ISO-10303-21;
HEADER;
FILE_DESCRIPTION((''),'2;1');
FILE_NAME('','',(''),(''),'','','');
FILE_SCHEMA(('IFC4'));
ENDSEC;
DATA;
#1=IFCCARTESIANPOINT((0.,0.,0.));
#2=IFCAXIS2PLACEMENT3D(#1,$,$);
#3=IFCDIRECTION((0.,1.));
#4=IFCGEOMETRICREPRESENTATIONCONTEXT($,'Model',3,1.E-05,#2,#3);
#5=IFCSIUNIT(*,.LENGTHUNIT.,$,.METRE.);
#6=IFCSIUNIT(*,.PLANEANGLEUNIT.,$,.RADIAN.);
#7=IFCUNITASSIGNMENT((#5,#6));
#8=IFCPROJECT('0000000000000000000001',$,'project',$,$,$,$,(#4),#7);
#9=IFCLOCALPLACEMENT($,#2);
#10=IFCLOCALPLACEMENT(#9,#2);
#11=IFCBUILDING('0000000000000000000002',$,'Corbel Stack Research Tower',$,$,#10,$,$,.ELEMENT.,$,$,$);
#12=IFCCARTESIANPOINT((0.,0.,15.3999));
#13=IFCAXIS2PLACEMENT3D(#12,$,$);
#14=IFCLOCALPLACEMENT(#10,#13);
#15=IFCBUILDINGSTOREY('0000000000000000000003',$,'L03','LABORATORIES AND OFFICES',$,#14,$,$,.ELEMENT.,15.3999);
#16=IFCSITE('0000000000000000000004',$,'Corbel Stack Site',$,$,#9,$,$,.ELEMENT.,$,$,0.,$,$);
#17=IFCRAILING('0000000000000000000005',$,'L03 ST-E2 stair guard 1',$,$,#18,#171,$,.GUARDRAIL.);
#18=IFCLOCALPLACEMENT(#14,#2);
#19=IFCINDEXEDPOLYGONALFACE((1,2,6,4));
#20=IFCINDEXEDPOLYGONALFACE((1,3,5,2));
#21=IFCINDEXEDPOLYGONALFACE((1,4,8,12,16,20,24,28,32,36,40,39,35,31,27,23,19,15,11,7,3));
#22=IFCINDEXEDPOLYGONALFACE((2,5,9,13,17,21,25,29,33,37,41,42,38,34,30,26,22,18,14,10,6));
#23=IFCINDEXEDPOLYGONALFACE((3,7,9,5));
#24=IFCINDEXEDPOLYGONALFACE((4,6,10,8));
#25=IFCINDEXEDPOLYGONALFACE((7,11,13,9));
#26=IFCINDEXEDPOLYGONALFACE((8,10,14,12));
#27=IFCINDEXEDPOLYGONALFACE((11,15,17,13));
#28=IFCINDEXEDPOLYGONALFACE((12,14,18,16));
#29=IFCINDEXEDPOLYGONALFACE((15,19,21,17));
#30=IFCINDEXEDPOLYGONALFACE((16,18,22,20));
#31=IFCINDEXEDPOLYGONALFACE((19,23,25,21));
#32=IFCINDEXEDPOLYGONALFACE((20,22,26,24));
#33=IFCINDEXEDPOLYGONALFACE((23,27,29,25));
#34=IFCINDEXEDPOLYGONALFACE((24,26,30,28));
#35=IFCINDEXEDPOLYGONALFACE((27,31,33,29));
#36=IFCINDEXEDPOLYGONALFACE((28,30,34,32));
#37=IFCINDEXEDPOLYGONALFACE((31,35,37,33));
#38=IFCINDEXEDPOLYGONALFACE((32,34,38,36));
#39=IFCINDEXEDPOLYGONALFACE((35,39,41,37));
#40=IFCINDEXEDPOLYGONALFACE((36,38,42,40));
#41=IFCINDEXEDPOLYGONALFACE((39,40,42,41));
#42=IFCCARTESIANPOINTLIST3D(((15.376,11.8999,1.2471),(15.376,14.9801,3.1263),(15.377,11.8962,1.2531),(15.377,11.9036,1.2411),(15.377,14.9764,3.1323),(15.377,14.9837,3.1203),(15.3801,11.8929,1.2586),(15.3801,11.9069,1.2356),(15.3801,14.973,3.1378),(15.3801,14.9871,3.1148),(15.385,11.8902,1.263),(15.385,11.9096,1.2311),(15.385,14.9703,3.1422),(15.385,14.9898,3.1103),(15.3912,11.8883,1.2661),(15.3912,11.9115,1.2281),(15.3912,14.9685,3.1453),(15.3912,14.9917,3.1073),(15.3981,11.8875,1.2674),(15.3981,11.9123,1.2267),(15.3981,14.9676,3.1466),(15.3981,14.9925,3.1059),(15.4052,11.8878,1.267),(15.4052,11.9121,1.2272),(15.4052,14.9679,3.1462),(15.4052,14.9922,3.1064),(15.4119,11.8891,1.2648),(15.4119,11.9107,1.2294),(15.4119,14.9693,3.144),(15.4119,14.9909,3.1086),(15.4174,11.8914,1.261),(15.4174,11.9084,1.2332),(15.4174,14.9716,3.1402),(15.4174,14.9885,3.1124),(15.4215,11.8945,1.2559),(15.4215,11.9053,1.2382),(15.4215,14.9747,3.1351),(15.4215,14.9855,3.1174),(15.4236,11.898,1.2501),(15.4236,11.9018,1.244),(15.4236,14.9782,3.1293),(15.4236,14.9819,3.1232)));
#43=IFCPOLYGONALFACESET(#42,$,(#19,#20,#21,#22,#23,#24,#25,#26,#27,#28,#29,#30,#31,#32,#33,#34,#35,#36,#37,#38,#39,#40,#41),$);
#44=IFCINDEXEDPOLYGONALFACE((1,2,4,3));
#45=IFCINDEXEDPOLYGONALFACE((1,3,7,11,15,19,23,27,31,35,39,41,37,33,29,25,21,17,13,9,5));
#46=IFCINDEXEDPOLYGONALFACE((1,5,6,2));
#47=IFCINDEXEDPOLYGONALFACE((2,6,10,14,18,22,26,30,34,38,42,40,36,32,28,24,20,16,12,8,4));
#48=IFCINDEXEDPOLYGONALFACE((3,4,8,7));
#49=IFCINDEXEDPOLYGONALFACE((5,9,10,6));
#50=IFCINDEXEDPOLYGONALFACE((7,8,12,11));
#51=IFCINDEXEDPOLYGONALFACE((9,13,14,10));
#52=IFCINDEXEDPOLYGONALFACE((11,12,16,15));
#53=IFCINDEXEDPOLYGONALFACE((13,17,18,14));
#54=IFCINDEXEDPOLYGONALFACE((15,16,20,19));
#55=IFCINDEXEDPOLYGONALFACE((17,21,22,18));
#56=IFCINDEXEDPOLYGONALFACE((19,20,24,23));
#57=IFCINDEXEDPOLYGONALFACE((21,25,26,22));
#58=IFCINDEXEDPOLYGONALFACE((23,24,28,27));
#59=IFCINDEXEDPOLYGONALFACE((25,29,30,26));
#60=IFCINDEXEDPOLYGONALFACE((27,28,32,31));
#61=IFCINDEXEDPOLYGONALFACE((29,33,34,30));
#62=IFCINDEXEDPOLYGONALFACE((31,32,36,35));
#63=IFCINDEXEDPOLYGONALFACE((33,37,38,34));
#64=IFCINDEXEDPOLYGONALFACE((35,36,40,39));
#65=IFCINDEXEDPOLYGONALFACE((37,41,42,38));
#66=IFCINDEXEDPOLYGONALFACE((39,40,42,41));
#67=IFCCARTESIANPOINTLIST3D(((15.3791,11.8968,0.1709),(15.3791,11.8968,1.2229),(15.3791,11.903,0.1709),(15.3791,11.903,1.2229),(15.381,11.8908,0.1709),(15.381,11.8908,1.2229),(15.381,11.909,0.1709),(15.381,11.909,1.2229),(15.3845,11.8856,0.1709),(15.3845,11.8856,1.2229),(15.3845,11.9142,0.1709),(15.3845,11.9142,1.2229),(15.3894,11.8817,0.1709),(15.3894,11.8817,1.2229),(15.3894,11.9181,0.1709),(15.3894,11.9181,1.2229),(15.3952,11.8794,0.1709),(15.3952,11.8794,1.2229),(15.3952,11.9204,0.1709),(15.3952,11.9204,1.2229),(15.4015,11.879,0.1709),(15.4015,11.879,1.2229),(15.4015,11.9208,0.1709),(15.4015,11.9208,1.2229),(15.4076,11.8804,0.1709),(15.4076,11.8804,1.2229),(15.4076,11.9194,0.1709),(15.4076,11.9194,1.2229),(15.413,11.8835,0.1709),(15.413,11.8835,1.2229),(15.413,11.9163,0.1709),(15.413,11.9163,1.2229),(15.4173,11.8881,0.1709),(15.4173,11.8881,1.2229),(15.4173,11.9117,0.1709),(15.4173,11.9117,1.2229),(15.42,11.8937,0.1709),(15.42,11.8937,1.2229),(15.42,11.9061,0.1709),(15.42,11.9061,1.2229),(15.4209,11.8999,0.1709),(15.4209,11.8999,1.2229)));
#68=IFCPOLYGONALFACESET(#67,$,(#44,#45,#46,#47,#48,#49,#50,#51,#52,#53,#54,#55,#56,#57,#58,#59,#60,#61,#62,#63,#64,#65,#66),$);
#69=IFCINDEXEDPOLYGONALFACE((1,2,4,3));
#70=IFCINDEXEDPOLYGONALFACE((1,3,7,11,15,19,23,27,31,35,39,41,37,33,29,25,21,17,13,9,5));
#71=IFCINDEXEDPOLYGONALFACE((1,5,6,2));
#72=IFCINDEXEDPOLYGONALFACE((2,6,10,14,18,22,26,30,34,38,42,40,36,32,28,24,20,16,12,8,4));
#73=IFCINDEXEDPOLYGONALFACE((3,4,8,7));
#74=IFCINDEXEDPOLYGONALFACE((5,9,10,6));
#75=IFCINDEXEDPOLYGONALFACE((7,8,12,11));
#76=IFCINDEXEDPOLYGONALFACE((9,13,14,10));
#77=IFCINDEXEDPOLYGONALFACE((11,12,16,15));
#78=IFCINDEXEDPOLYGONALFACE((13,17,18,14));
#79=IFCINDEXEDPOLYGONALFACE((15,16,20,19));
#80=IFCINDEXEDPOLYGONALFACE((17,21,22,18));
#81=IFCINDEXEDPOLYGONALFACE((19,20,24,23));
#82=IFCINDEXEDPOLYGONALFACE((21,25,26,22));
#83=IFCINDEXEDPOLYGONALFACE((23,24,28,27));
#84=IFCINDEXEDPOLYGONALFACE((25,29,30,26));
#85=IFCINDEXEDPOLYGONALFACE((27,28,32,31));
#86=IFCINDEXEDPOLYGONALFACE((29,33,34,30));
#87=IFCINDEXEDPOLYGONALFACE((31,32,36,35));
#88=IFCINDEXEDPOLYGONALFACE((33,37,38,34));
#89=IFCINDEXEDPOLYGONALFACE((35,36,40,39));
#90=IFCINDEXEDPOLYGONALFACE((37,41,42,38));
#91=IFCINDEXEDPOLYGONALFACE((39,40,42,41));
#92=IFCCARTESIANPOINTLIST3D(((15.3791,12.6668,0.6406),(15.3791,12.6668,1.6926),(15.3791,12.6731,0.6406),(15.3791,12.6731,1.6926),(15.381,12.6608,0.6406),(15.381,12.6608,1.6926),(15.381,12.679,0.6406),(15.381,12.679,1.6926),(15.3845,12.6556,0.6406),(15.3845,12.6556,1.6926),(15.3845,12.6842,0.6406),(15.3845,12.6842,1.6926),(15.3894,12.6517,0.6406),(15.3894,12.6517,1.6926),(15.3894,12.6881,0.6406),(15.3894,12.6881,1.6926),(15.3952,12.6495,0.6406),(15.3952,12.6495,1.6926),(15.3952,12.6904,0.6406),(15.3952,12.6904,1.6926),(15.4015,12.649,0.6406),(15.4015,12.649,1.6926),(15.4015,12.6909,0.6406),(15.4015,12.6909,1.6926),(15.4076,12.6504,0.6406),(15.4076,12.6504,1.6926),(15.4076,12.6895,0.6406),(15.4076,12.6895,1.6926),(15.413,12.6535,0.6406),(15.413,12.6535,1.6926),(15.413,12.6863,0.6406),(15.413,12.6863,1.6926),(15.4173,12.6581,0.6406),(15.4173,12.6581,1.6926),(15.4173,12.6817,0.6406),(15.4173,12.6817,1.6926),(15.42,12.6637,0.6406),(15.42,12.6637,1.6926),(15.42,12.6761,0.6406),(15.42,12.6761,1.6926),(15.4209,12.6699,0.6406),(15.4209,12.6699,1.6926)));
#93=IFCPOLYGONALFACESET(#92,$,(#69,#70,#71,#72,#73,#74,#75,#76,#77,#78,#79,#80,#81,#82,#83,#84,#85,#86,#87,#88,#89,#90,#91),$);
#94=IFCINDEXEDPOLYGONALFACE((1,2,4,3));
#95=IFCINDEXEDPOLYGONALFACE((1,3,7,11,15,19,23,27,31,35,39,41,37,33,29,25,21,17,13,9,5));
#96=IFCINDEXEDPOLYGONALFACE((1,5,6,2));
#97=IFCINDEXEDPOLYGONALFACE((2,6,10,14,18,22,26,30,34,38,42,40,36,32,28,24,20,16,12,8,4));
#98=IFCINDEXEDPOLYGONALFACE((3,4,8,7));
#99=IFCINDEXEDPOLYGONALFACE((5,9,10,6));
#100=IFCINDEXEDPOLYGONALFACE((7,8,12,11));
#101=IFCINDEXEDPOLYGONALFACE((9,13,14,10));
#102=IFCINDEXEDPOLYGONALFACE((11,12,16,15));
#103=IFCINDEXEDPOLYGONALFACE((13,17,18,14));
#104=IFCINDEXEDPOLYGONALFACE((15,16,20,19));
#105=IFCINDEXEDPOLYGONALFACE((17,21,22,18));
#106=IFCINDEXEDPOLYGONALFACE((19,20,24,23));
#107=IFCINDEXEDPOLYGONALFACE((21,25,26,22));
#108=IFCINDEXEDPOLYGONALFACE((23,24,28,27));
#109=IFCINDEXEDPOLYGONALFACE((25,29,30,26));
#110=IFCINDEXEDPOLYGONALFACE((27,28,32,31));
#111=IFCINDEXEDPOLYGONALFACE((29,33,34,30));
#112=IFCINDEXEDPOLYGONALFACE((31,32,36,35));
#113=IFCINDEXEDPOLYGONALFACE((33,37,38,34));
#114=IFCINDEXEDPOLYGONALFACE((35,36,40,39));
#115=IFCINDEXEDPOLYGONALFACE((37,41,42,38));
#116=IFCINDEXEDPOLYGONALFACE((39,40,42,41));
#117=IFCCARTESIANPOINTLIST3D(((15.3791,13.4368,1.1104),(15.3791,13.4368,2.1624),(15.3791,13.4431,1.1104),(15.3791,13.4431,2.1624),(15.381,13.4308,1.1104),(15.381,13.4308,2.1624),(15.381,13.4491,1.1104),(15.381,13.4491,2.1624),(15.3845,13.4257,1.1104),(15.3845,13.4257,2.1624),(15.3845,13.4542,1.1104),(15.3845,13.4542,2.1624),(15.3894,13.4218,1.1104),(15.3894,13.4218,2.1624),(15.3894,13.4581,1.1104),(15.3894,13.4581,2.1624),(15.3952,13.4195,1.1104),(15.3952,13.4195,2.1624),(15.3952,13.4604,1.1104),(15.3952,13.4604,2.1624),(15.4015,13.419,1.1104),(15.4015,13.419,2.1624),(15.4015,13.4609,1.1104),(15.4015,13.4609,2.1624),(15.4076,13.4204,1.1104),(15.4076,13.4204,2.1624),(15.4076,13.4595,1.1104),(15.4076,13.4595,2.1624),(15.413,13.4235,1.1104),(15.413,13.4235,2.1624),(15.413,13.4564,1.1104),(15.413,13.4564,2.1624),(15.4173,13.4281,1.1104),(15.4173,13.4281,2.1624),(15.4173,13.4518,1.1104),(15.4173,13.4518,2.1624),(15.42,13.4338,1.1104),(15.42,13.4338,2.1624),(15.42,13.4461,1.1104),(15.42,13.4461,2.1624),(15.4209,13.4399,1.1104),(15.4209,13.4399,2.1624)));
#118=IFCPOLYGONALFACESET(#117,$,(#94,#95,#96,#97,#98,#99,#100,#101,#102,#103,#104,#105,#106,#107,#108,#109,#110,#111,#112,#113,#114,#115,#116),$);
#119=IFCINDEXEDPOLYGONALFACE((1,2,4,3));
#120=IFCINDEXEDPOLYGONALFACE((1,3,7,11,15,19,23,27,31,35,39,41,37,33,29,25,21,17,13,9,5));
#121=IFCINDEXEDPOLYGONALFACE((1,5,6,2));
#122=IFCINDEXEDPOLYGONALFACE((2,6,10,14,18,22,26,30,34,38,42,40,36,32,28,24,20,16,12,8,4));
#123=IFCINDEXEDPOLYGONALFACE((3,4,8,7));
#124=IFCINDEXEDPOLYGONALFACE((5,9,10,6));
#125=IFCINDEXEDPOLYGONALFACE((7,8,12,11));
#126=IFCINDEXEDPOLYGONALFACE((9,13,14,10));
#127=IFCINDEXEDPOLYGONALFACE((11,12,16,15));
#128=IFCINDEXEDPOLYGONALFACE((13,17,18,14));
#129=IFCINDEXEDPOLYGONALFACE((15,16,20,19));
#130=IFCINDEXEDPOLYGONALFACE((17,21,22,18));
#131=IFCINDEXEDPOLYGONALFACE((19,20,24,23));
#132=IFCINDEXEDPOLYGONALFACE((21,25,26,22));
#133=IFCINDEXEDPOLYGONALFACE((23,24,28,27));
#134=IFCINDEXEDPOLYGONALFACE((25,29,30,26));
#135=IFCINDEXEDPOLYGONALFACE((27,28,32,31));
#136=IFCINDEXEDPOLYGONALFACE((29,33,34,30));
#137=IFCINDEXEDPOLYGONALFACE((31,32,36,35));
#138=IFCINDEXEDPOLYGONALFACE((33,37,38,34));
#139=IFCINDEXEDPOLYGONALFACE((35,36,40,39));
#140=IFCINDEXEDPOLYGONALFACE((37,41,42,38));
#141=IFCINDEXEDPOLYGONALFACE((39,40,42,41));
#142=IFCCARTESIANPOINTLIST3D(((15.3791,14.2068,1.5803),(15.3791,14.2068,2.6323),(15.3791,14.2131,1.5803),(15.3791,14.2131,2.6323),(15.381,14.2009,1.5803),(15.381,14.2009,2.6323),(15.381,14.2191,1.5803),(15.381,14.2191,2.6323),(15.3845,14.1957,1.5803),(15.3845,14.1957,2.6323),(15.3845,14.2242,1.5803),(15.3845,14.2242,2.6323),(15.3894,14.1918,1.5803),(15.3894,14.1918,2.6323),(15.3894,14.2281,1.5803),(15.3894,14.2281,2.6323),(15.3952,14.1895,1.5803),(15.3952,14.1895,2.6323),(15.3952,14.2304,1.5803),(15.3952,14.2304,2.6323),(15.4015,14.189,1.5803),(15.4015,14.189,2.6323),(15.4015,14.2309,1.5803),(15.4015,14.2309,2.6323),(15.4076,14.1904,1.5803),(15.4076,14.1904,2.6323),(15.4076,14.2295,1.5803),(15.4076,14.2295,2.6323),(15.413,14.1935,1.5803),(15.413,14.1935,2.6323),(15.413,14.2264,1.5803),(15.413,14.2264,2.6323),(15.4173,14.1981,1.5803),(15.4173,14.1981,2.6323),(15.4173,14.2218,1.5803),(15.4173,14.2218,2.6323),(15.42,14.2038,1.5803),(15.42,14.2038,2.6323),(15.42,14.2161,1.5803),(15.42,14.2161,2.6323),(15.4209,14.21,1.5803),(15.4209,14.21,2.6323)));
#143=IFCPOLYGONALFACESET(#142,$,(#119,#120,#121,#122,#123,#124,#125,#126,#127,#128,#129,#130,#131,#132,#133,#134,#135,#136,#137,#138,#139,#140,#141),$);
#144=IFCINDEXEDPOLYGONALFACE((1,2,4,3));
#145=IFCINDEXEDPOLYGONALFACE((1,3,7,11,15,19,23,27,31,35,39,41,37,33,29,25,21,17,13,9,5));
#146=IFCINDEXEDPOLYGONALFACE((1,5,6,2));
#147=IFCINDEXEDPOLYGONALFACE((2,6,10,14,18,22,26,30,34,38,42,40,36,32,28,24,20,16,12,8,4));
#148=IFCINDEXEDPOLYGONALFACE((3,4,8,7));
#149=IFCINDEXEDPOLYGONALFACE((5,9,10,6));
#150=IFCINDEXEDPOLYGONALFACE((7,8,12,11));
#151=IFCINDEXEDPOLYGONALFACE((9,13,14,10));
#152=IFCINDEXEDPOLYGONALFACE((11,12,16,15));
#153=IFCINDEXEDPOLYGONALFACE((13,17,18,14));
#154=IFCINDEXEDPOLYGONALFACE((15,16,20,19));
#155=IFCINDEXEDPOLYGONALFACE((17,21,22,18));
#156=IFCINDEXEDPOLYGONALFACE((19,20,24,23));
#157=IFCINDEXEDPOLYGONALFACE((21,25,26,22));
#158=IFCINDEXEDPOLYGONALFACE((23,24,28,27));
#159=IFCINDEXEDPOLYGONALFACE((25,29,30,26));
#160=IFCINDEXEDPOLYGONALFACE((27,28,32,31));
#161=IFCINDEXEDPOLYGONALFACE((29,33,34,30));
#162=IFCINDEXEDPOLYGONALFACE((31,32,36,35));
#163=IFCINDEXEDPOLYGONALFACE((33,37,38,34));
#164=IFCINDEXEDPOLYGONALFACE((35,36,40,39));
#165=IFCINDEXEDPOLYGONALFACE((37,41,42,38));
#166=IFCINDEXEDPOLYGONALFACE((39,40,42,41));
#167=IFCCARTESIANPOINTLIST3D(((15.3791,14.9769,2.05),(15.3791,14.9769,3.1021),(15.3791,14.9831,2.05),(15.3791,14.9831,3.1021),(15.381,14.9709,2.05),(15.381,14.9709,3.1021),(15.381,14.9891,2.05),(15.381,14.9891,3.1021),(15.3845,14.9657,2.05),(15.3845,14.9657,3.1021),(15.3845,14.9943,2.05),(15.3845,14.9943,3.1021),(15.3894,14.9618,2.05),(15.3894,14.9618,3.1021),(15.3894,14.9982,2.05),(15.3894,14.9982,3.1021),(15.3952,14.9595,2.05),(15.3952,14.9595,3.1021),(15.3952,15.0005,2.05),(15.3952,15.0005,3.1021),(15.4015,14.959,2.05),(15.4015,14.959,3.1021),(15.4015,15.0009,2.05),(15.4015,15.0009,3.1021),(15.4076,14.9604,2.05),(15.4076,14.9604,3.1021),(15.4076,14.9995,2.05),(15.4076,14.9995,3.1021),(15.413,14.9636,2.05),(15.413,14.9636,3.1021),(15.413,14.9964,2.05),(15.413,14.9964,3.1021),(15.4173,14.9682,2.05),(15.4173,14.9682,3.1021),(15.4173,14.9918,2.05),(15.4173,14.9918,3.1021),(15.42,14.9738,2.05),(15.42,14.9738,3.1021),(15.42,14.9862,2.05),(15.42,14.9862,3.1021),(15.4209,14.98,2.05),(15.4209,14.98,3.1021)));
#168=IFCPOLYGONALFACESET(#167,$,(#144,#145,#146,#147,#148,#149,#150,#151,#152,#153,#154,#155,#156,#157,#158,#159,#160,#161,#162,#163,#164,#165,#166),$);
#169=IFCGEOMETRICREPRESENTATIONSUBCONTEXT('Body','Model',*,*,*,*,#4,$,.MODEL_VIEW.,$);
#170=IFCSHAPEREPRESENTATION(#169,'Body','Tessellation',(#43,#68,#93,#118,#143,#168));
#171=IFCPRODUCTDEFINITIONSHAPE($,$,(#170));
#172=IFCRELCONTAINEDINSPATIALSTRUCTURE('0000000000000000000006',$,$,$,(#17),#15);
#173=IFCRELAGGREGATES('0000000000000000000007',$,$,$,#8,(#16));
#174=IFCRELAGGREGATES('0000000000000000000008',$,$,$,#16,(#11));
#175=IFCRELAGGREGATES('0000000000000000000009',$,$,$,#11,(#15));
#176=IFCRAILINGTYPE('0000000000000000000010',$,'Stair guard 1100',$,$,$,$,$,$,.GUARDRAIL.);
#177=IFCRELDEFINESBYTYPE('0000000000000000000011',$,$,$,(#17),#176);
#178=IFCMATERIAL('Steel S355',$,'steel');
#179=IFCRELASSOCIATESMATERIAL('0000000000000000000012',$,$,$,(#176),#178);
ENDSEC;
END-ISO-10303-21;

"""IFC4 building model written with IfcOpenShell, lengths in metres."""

from ifc_helpers import new_model, si_unit, direction, frame, origin, origin_2d, place, context, subcontext, project, spatial, circle, extrude, material, type_object, element, save


model = new_model("IFC4")

# Units and contexts
model_context = context("Model", 3, precision=1e-05, world=origin(), true_north=direction((0.0, 1.0)))
body_context = subcontext(model_context, "Body", "Model", "MODEL_VIEW")
ifc_project = project(units=[si_unit("LENGTHUNIT", "METRE"), si_unit("PLANEANGLEUNIT", "RADIAN")], contexts=[model_context])

# Site, building, storey
site_placement = place(None, origin())
site = spatial("IfcSite", under=ifc_project, at=site_placement, Name="Corbel Stack Site", CompositionType="ELEMENT", RefElevation=0.0)
building_placement = place(site_placement, origin())
building = spatial("IfcBuilding", under=site, at=building_placement, Name="Corbel Stack Research Tower", CompositionType="ELEMENT")
storey_placement = place(building_placement, frame((0.0, 0.0, 15.3999)))
storey = spatial("IfcBuildingStorey", under=building, at=storey_placement, Name="L03", Description="LABORATORIES AND OFFICES", CompositionType="ELEMENT", Elevation=15.3999)

# Railing
ifc_material_1 = material(Name="Steel S355", Category="steel")
railing_type_1 = type_object("IfcRailingType", Name="Stair guard 1100", PredefinedType="GUARDRAIL", material=ifc_material_1)
railing_1_placement = place(storey_placement, frame((15.3999, 11.8999, 0.1709)))
element("IfcRailing", 1, at=railing_1_placement, inside=storey, type_object=railing_type_1, Name="L03 ST-E2 stair guard 1", PredefinedType="GUARDRAIL", context=body_context, shape_type="SweptSolid", body=[
    extrude(circle(Radius=0.0239, at=origin_2d()), frame((0.0, 0.0, 1.0762), z_axis=(0.0, 0.853666, 0.52082), x_axis=(-1.0, 0.0, 0.0)), (0.0, 0.0, 1.0), 3.6082),
    extrude(circle(Radius=0.021, at=origin_2d()), origin(), (0.0, 0.0, 1.0), 1.052),
    extrude(circle(Radius=0.021, at=origin_2d()), frame((0.0, 0.77, 0.4697)), (0.0, 0.0, 1.0), 1.052),
    extrude(circle(Radius=0.021, at=origin_2d()), frame((0.0, 1.54, 0.9395)), (0.0, 0.0, 1.0), 1.052),
    extrude(circle(Radius=0.021, at=origin_2d()), frame((0.0, 2.3101, 1.4094)), (0.0, 0.0, 1.0), 1.052),
    extrude(circle(Radius=0.021, at=origin_2d()), frame((0.0, 3.0801, 1.8792)), (0.0, 0.0, 1.0), 1.052),
])

save(model, "model.ifc")
